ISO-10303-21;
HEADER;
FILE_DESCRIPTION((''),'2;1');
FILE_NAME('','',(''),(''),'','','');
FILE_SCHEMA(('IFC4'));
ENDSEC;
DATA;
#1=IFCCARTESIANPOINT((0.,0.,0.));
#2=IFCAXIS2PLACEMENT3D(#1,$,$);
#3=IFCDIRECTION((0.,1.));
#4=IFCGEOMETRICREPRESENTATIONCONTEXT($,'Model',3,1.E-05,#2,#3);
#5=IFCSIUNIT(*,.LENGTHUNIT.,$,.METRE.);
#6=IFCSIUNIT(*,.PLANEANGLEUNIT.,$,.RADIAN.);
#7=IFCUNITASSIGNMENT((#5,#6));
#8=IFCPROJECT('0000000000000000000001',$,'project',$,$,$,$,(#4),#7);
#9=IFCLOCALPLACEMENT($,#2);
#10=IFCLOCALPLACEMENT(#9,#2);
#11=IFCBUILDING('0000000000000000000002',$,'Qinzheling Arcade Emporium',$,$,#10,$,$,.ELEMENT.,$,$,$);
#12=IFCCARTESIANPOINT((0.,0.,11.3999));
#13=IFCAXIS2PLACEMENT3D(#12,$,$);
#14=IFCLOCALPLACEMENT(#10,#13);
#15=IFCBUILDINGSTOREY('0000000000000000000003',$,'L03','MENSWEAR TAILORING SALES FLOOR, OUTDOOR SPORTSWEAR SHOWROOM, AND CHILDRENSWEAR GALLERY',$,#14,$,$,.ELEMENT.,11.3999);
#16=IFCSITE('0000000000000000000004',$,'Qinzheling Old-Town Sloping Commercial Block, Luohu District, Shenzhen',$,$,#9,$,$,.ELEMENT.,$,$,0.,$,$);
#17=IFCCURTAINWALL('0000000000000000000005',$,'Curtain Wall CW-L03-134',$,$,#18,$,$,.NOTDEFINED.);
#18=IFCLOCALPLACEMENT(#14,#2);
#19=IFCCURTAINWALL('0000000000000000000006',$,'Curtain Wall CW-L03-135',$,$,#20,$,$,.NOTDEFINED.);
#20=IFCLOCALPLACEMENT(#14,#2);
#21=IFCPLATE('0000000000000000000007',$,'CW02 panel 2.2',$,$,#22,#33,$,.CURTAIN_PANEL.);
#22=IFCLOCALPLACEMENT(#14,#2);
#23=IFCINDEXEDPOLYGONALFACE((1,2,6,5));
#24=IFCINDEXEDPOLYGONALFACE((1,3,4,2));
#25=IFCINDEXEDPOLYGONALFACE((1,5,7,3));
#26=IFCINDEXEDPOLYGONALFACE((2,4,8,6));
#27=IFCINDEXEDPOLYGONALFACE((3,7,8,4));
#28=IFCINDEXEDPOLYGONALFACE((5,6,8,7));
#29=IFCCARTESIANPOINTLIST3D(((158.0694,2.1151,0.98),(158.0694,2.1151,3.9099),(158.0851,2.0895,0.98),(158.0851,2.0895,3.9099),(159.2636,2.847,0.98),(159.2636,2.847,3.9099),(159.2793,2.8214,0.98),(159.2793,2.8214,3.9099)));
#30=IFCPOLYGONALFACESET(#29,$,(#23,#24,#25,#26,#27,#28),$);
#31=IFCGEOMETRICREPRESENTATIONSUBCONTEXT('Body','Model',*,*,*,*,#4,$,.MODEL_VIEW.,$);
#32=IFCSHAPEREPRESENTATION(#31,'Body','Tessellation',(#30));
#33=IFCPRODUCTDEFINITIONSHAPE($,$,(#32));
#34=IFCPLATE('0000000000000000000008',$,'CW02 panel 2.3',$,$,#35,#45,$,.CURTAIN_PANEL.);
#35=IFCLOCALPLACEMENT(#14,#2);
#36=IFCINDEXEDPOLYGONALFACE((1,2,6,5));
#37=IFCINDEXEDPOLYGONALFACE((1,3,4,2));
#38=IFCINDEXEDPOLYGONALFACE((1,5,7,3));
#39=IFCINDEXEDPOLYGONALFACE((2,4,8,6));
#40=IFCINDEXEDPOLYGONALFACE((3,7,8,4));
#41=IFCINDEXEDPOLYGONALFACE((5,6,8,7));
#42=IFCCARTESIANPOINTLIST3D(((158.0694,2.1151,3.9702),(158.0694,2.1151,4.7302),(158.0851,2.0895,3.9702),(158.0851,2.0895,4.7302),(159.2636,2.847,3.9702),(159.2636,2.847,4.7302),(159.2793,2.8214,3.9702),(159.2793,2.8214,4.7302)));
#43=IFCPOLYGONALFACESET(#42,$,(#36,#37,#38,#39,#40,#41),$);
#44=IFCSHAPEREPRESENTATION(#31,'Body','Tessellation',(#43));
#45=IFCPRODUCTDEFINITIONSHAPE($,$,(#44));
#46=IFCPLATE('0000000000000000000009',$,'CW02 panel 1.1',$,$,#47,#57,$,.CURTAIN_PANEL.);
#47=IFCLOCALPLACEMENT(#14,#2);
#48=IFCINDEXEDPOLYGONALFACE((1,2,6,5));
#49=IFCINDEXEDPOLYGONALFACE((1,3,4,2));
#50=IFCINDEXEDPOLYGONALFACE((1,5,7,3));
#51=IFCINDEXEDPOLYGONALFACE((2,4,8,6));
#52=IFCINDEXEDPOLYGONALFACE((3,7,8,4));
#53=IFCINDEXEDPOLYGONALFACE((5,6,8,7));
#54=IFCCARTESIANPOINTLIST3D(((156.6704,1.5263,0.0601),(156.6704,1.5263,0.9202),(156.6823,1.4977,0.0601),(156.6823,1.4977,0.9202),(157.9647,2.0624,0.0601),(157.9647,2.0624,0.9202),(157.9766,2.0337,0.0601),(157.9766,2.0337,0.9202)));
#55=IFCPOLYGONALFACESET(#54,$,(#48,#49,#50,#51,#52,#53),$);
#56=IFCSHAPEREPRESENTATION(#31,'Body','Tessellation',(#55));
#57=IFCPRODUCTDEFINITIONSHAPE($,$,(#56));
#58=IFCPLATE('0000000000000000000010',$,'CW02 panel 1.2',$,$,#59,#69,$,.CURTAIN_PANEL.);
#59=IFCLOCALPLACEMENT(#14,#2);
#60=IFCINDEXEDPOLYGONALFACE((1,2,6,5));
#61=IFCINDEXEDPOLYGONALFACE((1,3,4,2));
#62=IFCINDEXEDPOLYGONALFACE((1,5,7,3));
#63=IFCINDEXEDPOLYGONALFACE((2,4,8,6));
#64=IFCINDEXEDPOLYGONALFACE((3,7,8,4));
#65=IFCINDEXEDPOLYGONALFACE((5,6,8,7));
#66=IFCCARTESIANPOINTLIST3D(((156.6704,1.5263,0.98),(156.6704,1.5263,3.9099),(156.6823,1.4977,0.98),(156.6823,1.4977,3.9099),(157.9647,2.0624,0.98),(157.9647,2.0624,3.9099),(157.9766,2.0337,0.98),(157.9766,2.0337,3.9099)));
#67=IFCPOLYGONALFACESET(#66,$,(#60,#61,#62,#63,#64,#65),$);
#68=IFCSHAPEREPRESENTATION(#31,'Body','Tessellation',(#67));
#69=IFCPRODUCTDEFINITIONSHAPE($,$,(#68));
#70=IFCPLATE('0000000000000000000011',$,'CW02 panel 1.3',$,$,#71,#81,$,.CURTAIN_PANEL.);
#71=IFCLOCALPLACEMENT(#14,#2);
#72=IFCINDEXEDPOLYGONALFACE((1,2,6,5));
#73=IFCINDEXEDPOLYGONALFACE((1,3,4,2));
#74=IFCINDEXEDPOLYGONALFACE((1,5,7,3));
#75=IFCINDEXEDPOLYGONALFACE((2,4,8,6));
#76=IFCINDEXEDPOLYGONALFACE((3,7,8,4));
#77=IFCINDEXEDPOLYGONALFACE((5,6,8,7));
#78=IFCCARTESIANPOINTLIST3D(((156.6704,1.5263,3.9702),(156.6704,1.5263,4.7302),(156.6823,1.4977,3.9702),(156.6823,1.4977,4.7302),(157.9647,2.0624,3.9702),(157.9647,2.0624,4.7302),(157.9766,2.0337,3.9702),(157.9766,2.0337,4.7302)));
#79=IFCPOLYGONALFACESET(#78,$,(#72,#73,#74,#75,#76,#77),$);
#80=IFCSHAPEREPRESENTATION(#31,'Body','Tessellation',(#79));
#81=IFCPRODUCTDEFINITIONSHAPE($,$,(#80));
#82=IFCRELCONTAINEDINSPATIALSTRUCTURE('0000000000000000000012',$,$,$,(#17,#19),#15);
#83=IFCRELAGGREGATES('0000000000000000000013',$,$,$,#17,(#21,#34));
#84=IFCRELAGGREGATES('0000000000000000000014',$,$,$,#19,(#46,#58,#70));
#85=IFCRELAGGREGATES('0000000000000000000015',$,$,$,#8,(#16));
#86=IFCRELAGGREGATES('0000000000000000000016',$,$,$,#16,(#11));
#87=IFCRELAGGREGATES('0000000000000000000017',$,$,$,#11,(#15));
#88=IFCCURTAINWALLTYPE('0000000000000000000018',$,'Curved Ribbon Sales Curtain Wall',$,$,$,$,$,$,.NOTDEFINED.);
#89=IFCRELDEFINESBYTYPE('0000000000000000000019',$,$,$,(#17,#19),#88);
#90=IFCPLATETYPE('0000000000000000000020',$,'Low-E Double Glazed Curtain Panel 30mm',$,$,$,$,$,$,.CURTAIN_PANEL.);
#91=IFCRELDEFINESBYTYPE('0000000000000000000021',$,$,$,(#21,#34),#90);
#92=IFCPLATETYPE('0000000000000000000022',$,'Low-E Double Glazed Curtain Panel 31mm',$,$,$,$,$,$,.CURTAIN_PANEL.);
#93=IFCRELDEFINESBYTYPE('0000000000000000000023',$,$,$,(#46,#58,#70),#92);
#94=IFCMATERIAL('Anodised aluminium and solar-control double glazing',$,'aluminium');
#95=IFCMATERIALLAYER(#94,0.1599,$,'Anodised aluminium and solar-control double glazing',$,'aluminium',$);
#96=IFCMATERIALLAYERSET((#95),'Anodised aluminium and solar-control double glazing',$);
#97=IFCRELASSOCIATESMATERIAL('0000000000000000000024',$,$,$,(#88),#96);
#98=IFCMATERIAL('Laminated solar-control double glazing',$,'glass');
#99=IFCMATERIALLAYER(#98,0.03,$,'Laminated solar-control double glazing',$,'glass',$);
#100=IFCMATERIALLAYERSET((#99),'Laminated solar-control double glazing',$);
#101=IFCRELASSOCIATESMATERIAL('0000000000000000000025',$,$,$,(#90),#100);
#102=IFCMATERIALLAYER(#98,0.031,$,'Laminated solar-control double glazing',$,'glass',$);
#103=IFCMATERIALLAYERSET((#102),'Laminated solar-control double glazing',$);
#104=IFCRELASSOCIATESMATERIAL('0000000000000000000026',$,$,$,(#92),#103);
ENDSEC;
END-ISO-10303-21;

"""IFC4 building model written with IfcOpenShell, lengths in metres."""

from ifc_helpers import new_model, si_unit, direction, frame, origin, origin_2d, place, context, subcontext, project, spatial, rectangle, extrude, material, layer, layer_set, type_object, element, aggregate, save


model = new_model("IFC4")

# Units and contexts
model_context = context("Model", 3, precision=1e-05, world=origin(), true_north=direction((0.0, 1.0)))
body_context = subcontext(model_context, "Body", "Model", "MODEL_VIEW")
ifc_project = project(units=[si_unit("LENGTHUNIT", "METRE"), si_unit("PLANEANGLEUNIT", "RADIAN")], contexts=[model_context])

# Site, building, storey
site_placement = place(None, origin())
site = spatial("IfcSite", under=ifc_project, at=site_placement, Name="Qinzheling Old-Town Sloping Commercial Block, Luohu District, Shenzhen", CompositionType="ELEMENT", RefElevation=0.0)
building_placement = place(site_placement, origin())
building = spatial("IfcBuilding", under=site, at=building_placement, Name="Qinzheling Arcade Emporium", CompositionType="ELEMENT")
storey_placement = place(building_placement, frame((0.0, 0.0, 11.3999)))
storey = spatial("IfcBuildingStorey", under=building, at=storey_placement, Name="L03", Description="MENSWEAR TAILORING SALES FLOOR, OUTDOOR SPORTSWEAR SHOWROOM, AND CHILDRENSWEAR GALLERY", CompositionType="ELEMENT", Elevation=11.3999)

# Curtain walls
ifc_material_1 = material(Name="Anodised aluminium and solar-control double glazing", Category="aluminium")
ifc_layer_1 = layer(ifc_material_1, 0.1599, Name="Anodised aluminium and solar-control double glazing", Category="aluminium")
ifc_layer_set_1 = layer_set([ifc_layer_1], Name="Anodised aluminium and solar-control double glazing")
curtain_wall_type = type_object("IfcCurtainWallType", Name="Curved Ribbon Sales Curtain Wall", PredefinedType="NOTDEFINED", material=ifc_layer_set_1)
curtain_wall_1_placement = place(storey_placement, origin())
curtain_wall_1 = element("IfcCurtainWall", 1, at=curtain_wall_1_placement, inside=storey, type_object=curtain_wall_type, Name="Curtain Wall CW-L03-134", PredefinedType="NOTDEFINED")
curtain_wall_2_placement = place(storey_placement, origin())
curtain_wall_2 = element("IfcCurtainWall", 2, at=curtain_wall_2_placement, inside=storey, type_object=curtain_wall_type, Name="Curtain Wall CW-L03-135", PredefinedType="NOTDEFINED")

# Plates
ifc_material_2 = material(Name="Laminated solar-control double glazing", Category="glass")
ifc_layer_2 = layer(ifc_material_2, 0.03, Name="Laminated solar-control double glazing", Category="glass")
ifc_layer_set_2 = layer_set([ifc_layer_2], Name="Laminated solar-control double glazing")
plate_type_1 = type_object("IfcPlateType", Name="Low-E Double Glazed Curtain Panel 30mm", PredefinedType="CURTAIN_PANEL", material=ifc_layer_set_2)
plate_1_placement = place(storey_placement, frame((158.6743, 2.4683, 0.98), z_axis=(0.0, 0.0, 1.0), x_axis=(-0.852601, -0.522562, 0.0)))
plate_1 = element("IfcPlate", 3, at=plate_1_placement, type_object=plate_type_1, Name="CW02 panel 2.2", PredefinedType="CURTAIN_PANEL", context=body_context, shape_type="SweptSolid", body=[
    extrude(rectangle(XDim=1.4006, YDim=0.03, at=origin_2d()), origin(), (0.0, 0.0, 1.0), 2.9299),
])
plate_2_placement = place(storey_placement, frame((158.6743, 2.4683, 3.9702), z_axis=(0.0, 0.0, 1.0), x_axis=(-0.852601, -0.522562, 0.0)))
plate_2 = element("IfcPlate", 4, at=plate_2_placement, type_object=plate_type_1, Name="CW02 panel 2.3", PredefinedType="CURTAIN_PANEL", context=body_context, shape_type="SweptSolid", body=[
    extrude(rectangle(XDim=1.4006, YDim=0.03, at=origin_2d()), origin(), (0.0, 0.0, 1.0), 0.76),
])
aggregate(curtain_wall_1, [plate_1, plate_2])
ifc_layer_3 = layer(ifc_material_2, 0.031, Name="Laminated solar-control double glazing", Category="glass")
ifc_layer_set_3 = layer_set([ifc_layer_3], Name="Laminated solar-control double glazing")
plate_type_2 = type_object("IfcPlateType", Name="Low-E Double Glazed Curtain Panel 31mm", PredefinedType="CURTAIN_PANEL", material=ifc_layer_set_3)
plate_3_placement = place(storey_placement, frame((157.3235, 1.78, 0.0601), z_axis=(0.0, 0.0, 1.0), x_axis=(-0.923898, -0.382638, 0.0)))
plate_3 = element("IfcPlate", 5, at=plate_3_placement, type_object=plate_type_2, Name="CW02 panel 1.1", PredefinedType="CURTAIN_PANEL", context=body_context, shape_type="SweptSolid", body=[
    extrude(rectangle(XDim=1.4009, YDim=0.031, at=origin_2d()), origin(), (0.0, 0.0, 1.0), 0.8601),
])
plate_4_placement = place(storey_placement, frame((157.3235, 1.78, 0.98), z_axis=(0.0, 0.0, 1.0), x_axis=(-0.923898, -0.382638, 0.0)))
plate_4 = element("IfcPlate", 6, at=plate_4_placement, type_object=plate_type_2, Name="CW02 panel 1.2", PredefinedType="CURTAIN_PANEL", context=body_context, shape_type="SweptSolid", body=[
    extrude(rectangle(XDim=1.4009, YDim=0.031, at=origin_2d()), origin(), (0.0, 0.0, 1.0), 2.9299),
])
plate_5_placement = place(storey_placement, frame((157.3235, 1.78, 3.9702), z_axis=(0.0, 0.0, 1.0), x_axis=(-0.923898, -0.382638, 0.0)))
plate_5 = element("IfcPlate", 7, at=plate_5_placement, type_object=plate_type_2, Name="CW02 panel 1.3", PredefinedType="CURTAIN_PANEL", context=body_context, shape_type="SweptSolid", body=[
    extrude(rectangle(XDim=1.4009, YDim=0.031, at=origin_2d()), origin(), (0.0, 0.0, 1.0), 0.76),
])
aggregate(curtain_wall_2, [plate_3, plate_4, plate_5])

save(model, "model.ifc")
